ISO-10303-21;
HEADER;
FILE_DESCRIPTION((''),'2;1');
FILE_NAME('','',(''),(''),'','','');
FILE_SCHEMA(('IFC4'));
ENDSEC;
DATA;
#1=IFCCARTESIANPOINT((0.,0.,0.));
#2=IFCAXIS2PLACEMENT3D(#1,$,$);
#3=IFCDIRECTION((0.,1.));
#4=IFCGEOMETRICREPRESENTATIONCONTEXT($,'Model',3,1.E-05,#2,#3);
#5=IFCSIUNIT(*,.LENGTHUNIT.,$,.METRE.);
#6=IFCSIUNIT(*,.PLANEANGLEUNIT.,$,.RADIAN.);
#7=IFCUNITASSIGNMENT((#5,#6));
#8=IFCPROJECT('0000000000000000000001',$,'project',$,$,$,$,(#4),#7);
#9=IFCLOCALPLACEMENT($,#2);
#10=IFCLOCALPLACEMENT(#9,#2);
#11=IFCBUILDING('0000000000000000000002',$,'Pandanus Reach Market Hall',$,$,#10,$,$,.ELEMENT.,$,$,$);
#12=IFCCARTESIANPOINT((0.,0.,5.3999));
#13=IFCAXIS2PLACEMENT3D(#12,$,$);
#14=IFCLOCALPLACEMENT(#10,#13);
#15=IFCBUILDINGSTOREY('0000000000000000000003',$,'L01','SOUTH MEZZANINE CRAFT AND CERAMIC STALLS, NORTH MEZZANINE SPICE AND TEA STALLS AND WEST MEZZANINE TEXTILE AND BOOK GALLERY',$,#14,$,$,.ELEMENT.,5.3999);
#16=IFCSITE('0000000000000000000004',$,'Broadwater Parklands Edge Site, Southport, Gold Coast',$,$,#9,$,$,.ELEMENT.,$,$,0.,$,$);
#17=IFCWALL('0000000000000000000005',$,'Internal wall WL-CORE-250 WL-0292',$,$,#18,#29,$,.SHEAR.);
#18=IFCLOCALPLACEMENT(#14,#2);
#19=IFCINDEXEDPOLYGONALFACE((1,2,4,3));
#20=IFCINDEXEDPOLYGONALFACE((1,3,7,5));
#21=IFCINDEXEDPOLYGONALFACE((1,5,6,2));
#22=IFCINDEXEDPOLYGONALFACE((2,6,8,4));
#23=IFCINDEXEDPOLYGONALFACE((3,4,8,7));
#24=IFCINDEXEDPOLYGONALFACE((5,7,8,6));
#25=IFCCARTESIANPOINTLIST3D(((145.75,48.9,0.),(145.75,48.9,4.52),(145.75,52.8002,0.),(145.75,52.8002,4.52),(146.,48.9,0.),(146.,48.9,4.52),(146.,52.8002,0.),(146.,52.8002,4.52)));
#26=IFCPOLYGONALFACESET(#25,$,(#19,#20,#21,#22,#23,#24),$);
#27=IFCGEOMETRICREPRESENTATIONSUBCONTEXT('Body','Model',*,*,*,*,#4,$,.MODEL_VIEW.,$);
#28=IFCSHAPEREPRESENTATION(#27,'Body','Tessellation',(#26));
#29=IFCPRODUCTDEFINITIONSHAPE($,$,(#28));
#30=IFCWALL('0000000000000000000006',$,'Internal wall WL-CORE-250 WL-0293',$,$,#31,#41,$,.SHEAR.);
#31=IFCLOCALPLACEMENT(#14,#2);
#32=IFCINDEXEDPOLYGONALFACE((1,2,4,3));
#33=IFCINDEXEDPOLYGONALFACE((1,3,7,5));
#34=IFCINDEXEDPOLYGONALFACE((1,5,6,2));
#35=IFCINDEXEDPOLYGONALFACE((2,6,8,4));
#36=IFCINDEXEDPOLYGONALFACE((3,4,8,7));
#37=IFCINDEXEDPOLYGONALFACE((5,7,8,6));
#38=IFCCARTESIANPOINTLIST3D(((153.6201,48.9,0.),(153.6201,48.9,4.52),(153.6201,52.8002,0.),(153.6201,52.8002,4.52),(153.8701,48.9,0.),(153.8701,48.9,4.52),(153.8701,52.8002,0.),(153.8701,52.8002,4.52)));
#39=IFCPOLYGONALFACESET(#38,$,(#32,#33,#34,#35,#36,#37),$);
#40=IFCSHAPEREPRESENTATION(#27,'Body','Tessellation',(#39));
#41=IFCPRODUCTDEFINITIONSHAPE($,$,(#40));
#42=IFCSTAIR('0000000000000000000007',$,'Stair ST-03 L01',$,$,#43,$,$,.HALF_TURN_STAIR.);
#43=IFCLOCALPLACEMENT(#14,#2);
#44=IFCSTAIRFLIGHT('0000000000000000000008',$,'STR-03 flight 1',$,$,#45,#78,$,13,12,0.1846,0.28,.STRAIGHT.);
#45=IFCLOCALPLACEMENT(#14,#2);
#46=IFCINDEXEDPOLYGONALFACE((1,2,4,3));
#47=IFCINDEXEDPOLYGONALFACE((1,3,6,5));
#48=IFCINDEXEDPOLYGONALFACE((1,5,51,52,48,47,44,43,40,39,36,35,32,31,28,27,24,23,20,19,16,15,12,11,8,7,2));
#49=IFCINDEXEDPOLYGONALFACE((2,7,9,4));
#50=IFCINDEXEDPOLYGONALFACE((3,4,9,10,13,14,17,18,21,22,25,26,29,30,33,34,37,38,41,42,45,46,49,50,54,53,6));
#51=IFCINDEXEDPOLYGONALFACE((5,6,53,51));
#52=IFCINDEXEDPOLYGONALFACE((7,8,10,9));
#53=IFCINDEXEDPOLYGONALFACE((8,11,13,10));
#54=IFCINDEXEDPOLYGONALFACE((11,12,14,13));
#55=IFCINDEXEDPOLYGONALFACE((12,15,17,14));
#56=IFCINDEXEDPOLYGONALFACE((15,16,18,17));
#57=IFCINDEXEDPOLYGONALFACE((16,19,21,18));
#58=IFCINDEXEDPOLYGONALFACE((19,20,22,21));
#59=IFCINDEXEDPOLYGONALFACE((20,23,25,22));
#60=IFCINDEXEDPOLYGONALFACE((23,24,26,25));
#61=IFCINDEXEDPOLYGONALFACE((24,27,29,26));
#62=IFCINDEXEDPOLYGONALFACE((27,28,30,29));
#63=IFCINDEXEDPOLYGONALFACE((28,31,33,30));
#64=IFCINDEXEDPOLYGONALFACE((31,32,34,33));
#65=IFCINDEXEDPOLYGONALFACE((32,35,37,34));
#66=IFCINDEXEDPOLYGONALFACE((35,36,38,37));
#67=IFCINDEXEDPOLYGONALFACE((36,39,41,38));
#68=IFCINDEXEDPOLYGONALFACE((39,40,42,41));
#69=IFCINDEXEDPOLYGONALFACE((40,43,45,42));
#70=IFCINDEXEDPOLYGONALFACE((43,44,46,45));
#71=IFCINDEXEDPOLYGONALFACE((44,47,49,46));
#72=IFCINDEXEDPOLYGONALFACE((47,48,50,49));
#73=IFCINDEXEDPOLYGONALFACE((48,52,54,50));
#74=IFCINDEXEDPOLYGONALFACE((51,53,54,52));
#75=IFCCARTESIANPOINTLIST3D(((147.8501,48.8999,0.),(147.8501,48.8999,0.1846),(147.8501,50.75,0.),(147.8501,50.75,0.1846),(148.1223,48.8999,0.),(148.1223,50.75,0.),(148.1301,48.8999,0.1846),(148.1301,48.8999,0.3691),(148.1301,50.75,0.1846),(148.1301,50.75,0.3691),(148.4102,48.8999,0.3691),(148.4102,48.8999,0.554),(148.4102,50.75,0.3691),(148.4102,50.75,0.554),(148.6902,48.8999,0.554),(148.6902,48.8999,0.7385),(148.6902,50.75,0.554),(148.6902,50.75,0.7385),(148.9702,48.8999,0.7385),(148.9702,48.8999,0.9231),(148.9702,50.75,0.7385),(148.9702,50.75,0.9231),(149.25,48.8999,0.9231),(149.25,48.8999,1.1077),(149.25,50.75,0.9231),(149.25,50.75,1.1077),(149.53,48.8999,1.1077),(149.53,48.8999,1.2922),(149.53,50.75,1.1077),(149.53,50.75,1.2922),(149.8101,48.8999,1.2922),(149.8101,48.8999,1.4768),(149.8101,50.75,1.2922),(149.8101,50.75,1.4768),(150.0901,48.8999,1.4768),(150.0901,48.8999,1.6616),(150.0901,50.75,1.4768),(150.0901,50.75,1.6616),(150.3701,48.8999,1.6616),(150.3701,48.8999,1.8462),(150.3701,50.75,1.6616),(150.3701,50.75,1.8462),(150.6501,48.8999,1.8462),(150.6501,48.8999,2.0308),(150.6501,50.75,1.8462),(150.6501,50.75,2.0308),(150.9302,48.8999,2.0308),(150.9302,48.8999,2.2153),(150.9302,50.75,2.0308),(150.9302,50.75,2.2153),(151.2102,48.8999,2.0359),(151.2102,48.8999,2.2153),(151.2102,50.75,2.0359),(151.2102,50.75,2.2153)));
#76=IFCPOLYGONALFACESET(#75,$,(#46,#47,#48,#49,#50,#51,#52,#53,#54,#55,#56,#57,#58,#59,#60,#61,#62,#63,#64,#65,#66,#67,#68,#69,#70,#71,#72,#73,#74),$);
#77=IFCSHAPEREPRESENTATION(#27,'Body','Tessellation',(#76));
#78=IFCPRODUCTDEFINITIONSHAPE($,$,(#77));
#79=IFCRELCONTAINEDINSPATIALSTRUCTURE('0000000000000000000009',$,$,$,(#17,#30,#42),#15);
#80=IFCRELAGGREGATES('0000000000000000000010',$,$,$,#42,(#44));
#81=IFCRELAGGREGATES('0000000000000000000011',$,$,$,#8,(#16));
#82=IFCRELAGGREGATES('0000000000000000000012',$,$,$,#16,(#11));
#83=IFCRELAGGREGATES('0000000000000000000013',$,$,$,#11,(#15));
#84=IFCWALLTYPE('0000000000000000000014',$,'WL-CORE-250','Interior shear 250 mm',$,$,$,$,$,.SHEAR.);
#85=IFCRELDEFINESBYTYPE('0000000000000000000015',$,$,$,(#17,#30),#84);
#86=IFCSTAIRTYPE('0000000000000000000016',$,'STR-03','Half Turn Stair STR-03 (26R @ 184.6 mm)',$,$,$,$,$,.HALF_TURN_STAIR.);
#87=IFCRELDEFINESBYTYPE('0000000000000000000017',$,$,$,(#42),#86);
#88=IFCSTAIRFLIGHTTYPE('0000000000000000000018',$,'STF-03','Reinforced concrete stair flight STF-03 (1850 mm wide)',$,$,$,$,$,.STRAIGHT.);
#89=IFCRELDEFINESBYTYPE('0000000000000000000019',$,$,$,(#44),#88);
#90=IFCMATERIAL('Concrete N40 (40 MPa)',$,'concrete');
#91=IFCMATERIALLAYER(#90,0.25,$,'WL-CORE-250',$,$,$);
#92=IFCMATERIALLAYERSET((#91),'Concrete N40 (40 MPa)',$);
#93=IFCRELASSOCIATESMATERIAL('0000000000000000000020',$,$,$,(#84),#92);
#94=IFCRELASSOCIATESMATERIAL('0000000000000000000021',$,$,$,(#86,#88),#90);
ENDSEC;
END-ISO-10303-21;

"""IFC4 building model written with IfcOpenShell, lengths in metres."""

from ifc_helpers import new_model, si_unit, direction, frame, frame_2d, origin, place, context, subcontext, project, spatial, polyline, rectangle, outline, extrude, material, layer, layer_set, type_object, element, aggregate, save


model = new_model("IFC4")

# Units and contexts
model_context = context("Model", 3, precision=1e-05, world=origin(), true_north=direction((0.0, 1.0)))
body_context = subcontext(model_context, "Body", "Model", "MODEL_VIEW")
ifc_project = project(units=[si_unit("LENGTHUNIT", "METRE"), si_unit("PLANEANGLEUNIT", "RADIAN")], contexts=[model_context])

# Site, building, storey
site_placement = place(None, origin())
site = spatial("IfcSite", under=ifc_project, at=site_placement, Name="Broadwater Parklands Edge Site, Southport, Gold Coast", CompositionType="ELEMENT", RefElevation=0.0)
building_placement = place(site_placement, origin())
building = spatial("IfcBuilding", under=site, at=building_placement, Name="Pandanus Reach Market Hall", CompositionType="ELEMENT")
storey_placement = place(building_placement, frame((0.0, 0.0, 5.3999)))
storey = spatial("IfcBuildingStorey", under=building, at=storey_placement, Name="L01", Description="SOUTH MEZZANINE CRAFT AND CERAMIC STALLS, NORTH MEZZANINE SPICE AND TEA STALLS AND WEST MEZZANINE TEXTILE AND BOOK GALLERY", CompositionType="ELEMENT", Elevation=5.3999)

# Shared definitions
ifc_material_1 = material(Name="Concrete N40 (40 MPa)", Category="concrete")

# Walls
ifc_layer = layer(ifc_material_1, 0.25, Name="WL-CORE-250")
ifc_layer_set = layer_set([ifc_layer], Name="Concrete N40 (40 MPa)")
wall_type = type_object("IfcWallType", Name="WL-CORE-250", Description="Interior shear 250 mm", PredefinedType="SHEAR", material=ifc_layer_set)
for number, where, z_axis, x_axis, name in (
    (1, (145.875, 48.8999, 0.0), (0.0, 0.0, 1.0), (0.0, 1.0, 0.0), "Internal wall WL-CORE-250 WL-0292"),
    (2, (153.7451, 48.8999, 0.0), (0.0, 0.0, 1.0), (0.0, 1.0, 0.0), "Internal wall WL-CORE-250 WL-0293"),
):
    element("IfcWall", number, at=place(storey_placement, frame(where, z_axis=z_axis, x_axis=x_axis)), inside=storey, type_object=wall_type, Name=name, PredefinedType="SHEAR", context=body_context, shape_type="SweptSolid", body=[
        extrude(rectangle(XDim=3.9001, YDim=0.25, at=frame_2d((1.9502, 0.0))), origin(), (0.0, 0.0, 1.0), 4.52),
    ])

# Stair, stair flight
stair_type = type_object("IfcStairType", Name="STR-03", Description="Half Turn Stair STR-03 (26R @ 184.6 mm)", PredefinedType="HALF_TURN_STAIR", material=ifc_material_1)
stair_placement = place(storey_placement, origin())
stair = element("IfcStair", 3, at=stair_placement, inside=storey, type_object=stair_type, Name="Stair ST-03 L01", PredefinedType="HALF_TURN_STAIR")
stair_flight_type = type_object("IfcStairFlightType", Name="STF-03", Description="Reinforced concrete stair flight STF-03 (1850 mm wide)", PredefinedType="STRAIGHT", material=ifc_material_1)
stair_flight_placement = place(storey_placement, frame((147.8501, 49.825, 0.0), z_axis=(0.0, 0.0, 1.0), x_axis=(1.0, 0.0, 0.0)))
stair_flight = element("IfcStairFlight", 4, at=stair_flight_placement, type_object=stair_flight_type, Name="STR-03 flight 1", NumberOfRisers=13, NumberOfTreads=12, PredefinedType="STRAIGHT", RiserHeight=0.1846, TreadLength=0.28, context=body_context, shape_type="SweptSolid", body=[
    extrude(outline(polyline([(0.0, 0.0), (0.0, 0.1846), (0.28, 0.1846), (0.28, 0.3691), (0.5601, 0.3691), (0.5601, 0.554), (0.8401, 0.554), (0.8401, 0.7385), (1.1201, 0.7385), (1.1201, 0.9231), (1.3999, 0.9231), (1.3999, 1.1077), (1.6799, 1.1077), (1.6799, 1.2922), (1.96, 1.2922), (1.96, 1.4768), (2.24, 1.4768), (2.24, 1.6616), (2.52, 1.6616), (2.52, 1.8462), (2.8, 1.8462), (2.8, 2.0308), (3.0801, 2.0308), (3.0801, 2.2153), (3.3601, 2.2153), (3.3601, 2.3999), (3.3601, 2.0359), (0.2722, 0.0), (0.0, 0.0)])), frame((0.0, 0.925, 0.0), z_axis=(0.0, -1.0, 0.0), x_axis=(1.0, 0.0, 0.0)), (0.0, 0.0, 1.0), 1.8501),
])
aggregate(stair, [stair_flight])

save(model, "model.ifc")
